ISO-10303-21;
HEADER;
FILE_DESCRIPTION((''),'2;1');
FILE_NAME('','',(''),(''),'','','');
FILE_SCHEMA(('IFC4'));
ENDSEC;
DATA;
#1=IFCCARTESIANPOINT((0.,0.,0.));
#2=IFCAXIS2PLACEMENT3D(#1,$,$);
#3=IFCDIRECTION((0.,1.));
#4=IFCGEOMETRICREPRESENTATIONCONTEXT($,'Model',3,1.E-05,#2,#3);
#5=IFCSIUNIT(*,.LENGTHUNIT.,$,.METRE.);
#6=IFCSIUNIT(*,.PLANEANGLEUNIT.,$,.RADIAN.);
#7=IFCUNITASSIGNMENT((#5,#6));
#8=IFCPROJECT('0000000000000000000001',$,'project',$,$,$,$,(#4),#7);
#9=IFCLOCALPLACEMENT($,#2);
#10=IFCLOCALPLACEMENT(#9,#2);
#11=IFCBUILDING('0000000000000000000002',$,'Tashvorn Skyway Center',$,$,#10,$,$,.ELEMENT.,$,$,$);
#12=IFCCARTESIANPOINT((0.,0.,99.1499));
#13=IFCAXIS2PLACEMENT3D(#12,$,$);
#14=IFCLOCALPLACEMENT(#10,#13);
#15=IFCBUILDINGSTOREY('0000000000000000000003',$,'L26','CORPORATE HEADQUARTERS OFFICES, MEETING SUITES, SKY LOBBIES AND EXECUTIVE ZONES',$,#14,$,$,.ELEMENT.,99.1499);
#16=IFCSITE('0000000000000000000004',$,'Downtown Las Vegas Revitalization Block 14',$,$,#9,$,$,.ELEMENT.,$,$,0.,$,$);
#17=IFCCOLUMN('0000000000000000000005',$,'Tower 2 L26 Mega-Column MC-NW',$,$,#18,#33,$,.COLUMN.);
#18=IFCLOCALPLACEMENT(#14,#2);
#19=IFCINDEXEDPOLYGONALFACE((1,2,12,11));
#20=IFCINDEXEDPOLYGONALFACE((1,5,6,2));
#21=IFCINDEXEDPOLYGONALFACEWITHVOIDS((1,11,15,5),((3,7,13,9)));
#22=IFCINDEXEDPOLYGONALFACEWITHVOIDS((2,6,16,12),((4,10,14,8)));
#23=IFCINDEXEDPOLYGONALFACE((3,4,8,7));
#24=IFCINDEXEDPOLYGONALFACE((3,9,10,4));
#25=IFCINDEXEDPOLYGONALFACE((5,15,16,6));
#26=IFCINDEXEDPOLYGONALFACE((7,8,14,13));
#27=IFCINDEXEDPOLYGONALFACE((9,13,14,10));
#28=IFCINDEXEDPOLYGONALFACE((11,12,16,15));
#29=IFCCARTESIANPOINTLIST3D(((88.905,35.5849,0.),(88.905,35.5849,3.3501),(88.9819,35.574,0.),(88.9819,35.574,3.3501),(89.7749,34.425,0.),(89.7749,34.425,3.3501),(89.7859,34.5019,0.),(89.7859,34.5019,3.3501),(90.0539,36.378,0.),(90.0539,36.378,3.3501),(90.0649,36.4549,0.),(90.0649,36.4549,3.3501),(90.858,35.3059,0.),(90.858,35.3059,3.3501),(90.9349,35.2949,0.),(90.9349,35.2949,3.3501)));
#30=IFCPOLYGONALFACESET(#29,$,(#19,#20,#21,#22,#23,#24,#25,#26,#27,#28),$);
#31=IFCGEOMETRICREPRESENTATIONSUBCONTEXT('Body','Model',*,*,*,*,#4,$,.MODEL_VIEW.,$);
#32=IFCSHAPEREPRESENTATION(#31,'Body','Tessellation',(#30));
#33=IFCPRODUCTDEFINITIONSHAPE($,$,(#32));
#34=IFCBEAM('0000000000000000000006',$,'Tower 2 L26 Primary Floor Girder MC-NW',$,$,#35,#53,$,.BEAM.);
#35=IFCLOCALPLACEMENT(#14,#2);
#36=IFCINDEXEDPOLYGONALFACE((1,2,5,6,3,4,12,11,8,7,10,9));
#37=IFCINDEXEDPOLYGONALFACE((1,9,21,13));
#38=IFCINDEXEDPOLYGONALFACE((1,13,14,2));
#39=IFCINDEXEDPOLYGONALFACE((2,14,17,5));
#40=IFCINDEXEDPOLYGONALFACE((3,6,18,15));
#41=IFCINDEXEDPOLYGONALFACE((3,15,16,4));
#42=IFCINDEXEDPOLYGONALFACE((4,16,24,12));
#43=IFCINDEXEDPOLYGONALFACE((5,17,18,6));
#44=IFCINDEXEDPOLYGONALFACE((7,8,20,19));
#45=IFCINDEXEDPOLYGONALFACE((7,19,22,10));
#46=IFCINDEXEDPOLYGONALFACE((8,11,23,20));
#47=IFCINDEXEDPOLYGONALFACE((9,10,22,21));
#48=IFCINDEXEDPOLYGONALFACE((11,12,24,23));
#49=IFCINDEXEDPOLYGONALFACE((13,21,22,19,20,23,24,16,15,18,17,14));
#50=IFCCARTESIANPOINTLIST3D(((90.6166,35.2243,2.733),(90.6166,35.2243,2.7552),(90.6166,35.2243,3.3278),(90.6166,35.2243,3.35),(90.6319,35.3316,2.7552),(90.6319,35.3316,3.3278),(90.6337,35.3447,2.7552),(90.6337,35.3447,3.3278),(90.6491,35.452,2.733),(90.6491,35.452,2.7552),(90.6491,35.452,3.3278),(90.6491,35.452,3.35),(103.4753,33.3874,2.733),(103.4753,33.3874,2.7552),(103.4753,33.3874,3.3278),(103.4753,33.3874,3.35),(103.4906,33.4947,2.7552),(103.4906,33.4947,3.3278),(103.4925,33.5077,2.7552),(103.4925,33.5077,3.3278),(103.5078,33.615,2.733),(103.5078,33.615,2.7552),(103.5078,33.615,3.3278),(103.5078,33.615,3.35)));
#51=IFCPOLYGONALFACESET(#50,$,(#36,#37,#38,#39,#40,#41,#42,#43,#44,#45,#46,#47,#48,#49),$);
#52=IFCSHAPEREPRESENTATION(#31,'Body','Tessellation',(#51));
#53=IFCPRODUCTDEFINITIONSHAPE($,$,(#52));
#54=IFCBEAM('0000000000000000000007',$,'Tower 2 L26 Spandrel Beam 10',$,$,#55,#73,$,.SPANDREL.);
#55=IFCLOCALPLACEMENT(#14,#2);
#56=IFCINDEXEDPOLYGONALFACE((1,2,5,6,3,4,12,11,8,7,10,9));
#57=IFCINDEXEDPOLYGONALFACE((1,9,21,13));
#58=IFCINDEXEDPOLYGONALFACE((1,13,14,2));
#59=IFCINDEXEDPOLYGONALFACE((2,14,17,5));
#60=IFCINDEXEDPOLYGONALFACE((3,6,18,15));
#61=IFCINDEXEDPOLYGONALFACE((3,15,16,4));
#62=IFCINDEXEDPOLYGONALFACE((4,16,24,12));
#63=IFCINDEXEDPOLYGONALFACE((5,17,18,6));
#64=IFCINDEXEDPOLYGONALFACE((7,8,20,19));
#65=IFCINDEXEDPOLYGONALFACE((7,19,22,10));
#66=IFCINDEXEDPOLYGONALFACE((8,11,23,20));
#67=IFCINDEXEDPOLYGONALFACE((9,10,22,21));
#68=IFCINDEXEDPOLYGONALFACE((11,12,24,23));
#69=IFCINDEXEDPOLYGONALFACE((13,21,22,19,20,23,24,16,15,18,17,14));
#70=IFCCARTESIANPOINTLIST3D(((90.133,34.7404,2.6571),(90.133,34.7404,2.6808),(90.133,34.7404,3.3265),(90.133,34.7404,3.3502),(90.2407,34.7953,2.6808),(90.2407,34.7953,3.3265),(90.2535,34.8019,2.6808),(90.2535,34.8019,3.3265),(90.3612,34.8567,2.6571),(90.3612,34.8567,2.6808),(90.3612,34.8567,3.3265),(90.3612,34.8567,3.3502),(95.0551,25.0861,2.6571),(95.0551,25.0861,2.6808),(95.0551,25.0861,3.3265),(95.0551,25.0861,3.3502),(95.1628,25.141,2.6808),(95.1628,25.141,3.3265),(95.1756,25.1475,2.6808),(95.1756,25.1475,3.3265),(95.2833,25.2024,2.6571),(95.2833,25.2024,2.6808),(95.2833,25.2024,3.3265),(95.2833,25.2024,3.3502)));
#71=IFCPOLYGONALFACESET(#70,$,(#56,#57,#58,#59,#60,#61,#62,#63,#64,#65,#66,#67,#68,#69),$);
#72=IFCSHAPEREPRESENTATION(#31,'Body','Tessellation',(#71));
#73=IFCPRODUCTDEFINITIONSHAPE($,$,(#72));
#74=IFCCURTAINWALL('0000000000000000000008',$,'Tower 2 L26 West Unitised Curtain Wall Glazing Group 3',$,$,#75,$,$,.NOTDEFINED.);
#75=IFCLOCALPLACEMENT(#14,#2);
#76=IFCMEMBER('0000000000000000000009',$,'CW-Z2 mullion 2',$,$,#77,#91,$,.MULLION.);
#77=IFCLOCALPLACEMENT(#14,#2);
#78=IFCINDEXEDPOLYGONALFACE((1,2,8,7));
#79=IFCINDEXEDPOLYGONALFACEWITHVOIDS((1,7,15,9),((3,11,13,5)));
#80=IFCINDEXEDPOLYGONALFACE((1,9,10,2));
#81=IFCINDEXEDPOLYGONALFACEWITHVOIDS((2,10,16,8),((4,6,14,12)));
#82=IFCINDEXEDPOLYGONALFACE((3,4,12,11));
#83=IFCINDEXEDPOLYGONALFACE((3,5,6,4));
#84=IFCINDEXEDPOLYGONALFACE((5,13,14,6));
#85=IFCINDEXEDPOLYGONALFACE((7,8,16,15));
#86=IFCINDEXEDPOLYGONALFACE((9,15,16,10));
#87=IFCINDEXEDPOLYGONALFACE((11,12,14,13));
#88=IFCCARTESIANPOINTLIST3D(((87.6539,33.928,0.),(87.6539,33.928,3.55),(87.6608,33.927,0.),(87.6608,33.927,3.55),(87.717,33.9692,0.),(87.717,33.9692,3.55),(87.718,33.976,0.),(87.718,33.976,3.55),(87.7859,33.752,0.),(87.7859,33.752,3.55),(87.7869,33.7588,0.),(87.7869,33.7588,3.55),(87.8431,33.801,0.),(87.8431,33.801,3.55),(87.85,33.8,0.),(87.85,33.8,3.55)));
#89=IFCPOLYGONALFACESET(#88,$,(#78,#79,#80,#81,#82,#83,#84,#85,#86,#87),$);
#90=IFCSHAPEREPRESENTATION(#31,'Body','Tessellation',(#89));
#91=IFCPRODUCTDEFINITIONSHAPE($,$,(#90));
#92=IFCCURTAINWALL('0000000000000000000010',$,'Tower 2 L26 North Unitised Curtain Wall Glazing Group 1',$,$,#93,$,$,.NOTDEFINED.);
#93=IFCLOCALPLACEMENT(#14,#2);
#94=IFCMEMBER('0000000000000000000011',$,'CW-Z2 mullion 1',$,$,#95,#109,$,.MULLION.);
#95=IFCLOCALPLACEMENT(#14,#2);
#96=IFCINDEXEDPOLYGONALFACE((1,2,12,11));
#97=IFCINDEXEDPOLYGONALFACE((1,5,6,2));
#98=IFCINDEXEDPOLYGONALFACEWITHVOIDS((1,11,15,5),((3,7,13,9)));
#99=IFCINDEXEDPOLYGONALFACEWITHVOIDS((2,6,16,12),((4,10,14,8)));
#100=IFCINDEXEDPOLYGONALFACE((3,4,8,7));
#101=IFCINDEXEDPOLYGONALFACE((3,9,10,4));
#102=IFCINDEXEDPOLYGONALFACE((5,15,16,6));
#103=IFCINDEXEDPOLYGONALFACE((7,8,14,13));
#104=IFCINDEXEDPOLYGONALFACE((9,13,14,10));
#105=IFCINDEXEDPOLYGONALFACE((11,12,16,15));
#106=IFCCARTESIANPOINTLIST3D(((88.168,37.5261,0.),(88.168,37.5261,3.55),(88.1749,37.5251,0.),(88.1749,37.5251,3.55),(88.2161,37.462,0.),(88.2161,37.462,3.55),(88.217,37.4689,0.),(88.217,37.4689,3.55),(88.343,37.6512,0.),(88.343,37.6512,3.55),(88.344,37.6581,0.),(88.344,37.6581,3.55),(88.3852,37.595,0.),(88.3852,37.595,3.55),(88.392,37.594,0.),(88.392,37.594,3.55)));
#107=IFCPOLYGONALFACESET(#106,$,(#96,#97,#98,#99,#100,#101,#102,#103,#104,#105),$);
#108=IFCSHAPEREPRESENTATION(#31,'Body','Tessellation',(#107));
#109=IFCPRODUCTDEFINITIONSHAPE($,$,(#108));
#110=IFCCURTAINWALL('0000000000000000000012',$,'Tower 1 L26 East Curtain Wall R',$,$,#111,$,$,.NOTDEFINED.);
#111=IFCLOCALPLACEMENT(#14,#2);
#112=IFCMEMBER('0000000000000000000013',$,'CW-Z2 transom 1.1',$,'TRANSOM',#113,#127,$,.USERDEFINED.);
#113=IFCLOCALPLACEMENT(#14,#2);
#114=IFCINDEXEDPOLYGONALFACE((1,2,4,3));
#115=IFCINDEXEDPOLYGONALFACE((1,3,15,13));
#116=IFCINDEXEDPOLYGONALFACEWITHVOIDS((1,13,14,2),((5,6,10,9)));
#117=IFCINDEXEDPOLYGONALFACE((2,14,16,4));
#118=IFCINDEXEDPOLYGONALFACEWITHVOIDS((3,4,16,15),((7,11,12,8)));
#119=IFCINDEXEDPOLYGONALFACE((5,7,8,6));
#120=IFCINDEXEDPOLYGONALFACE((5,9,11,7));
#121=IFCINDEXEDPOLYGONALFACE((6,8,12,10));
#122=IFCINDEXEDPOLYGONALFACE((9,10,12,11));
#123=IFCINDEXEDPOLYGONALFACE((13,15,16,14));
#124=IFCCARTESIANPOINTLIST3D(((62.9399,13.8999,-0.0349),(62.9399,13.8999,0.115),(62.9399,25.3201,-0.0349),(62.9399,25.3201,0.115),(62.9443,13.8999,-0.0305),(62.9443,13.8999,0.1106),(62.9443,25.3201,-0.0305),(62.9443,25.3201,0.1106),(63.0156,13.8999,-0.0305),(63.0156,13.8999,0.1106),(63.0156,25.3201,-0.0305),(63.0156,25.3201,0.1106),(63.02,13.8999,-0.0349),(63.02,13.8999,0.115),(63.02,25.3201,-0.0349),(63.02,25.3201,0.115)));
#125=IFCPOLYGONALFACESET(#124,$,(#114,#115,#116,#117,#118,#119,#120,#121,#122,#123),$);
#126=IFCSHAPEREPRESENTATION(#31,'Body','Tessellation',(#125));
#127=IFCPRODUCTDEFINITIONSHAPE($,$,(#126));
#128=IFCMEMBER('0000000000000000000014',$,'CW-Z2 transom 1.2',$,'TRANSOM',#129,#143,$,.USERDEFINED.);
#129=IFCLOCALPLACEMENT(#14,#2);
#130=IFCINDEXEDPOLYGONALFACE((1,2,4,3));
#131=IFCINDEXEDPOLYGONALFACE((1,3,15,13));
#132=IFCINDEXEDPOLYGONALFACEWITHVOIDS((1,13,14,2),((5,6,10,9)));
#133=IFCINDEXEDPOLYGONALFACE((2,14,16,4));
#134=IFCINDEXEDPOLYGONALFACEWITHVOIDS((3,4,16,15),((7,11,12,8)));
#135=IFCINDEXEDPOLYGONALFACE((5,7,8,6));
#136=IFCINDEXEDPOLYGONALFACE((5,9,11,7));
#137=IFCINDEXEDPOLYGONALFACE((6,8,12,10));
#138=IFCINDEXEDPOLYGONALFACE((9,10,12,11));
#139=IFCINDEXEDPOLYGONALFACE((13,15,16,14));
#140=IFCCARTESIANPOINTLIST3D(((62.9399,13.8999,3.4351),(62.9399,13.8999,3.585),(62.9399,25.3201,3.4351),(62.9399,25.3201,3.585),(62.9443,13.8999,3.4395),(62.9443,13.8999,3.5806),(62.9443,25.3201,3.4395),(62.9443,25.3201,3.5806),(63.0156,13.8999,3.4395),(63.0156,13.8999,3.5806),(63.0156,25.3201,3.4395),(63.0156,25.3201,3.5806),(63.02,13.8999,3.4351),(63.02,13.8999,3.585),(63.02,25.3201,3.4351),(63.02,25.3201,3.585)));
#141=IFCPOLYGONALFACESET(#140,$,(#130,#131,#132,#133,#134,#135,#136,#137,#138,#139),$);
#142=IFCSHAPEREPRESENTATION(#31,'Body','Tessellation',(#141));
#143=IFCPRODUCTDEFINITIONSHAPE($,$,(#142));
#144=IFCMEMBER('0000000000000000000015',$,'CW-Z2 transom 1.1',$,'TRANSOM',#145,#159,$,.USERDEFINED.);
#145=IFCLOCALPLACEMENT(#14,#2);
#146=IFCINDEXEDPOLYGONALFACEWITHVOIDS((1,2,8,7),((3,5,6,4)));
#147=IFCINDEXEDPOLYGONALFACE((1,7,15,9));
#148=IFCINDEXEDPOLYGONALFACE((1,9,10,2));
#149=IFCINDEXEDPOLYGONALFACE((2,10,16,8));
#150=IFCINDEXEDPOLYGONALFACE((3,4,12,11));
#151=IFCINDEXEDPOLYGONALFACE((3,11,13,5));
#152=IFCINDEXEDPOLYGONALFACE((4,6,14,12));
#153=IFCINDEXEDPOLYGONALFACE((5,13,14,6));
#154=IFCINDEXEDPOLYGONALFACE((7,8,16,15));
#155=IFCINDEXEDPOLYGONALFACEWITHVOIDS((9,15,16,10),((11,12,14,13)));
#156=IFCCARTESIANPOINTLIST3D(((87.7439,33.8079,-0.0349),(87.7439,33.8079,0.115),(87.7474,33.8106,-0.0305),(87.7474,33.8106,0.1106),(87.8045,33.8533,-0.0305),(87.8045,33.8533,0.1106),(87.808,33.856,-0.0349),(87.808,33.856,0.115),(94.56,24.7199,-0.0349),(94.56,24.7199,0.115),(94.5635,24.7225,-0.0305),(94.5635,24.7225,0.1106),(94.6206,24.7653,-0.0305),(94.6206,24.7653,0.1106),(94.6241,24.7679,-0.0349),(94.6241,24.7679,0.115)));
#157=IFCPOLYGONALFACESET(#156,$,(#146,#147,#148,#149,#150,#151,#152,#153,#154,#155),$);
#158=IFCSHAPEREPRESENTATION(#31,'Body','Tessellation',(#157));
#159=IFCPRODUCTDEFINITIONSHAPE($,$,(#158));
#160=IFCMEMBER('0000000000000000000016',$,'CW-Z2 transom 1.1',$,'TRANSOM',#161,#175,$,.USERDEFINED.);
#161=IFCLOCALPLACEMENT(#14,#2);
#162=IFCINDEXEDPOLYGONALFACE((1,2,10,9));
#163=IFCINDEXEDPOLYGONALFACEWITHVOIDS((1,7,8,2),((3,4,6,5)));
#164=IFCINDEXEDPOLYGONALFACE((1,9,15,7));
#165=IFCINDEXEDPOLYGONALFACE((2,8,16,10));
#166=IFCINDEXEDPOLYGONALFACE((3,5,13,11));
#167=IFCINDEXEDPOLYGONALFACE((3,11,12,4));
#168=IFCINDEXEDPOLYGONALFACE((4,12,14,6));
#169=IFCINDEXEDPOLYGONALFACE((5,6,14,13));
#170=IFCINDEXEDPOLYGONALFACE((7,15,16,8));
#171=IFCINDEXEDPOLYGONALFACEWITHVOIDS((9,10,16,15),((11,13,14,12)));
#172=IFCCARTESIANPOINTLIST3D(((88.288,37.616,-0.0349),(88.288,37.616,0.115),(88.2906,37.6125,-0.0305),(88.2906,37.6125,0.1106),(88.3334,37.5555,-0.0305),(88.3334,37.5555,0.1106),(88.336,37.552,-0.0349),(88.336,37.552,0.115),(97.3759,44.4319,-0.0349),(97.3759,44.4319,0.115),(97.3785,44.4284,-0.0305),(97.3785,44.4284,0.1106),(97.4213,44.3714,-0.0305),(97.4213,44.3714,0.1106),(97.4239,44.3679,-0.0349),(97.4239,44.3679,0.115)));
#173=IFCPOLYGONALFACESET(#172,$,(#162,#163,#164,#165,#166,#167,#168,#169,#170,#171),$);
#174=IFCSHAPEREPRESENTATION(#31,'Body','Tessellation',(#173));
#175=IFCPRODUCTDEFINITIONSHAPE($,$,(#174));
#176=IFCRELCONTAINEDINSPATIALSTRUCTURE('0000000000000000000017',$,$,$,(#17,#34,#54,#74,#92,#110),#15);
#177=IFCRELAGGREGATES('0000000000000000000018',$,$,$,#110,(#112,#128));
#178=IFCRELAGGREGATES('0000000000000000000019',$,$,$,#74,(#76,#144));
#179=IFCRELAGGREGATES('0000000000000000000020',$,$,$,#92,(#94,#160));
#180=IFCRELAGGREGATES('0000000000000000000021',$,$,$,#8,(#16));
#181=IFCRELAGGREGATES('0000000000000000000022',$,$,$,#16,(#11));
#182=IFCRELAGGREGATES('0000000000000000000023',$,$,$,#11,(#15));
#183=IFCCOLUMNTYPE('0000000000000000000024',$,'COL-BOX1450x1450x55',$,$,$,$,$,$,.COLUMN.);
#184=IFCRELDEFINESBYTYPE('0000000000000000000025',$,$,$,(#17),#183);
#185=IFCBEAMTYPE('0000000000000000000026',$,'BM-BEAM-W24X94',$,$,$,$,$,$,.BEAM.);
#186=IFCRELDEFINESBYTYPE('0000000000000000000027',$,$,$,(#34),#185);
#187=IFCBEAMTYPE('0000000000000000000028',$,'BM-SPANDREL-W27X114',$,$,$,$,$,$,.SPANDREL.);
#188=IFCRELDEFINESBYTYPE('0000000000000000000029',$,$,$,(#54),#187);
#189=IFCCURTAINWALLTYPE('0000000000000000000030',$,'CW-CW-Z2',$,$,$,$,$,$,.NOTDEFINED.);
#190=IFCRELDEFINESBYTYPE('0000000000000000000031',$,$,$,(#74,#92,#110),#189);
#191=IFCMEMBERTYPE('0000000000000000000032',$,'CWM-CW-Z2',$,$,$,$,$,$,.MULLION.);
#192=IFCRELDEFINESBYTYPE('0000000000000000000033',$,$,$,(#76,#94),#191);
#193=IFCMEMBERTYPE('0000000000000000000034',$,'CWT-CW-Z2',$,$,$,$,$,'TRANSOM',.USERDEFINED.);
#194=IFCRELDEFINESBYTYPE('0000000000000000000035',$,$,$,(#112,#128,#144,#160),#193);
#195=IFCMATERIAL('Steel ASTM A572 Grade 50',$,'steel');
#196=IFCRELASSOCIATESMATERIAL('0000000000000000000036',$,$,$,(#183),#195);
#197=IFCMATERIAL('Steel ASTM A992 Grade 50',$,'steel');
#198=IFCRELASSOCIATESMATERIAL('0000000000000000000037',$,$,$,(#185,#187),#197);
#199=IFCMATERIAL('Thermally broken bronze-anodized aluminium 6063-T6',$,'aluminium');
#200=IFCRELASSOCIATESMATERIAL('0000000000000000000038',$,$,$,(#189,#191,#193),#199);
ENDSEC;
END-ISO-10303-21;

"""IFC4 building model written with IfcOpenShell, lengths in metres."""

from ifc_helpers import new_model, si_unit, direction, frame, origin, origin_2d, place, context, subcontext, project, spatial, hollow_rectangle, i_section, extrude, material, material_profile, profile_set, type_object, element, aggregate, save


model = new_model("IFC4")

# Units and contexts
model_context = context("Model", 3, precision=1e-05, world=origin(), true_north=direction((0.0, 1.0)))
body_context = subcontext(model_context, "Body", "Model", "MODEL_VIEW")
ifc_project = project(units=[si_unit("LENGTHUNIT", "METRE"), si_unit("PLANEANGLEUNIT", "RADIAN")], contexts=[model_context])

# Site, building, storey
site_placement = place(None, origin())
site = spatial("IfcSite", under=ifc_project, at=site_placement, Name="Downtown Las Vegas Revitalization Block 14", CompositionType="ELEMENT", RefElevation=0.0)
building_placement = place(site_placement, origin())
building = spatial("IfcBuilding", under=site, at=building_placement, Name="Tashvorn Skyway Center", CompositionType="ELEMENT")
storey_placement = place(building_placement, frame((0.0, 0.0, 99.1499)))
storey = spatial("IfcBuildingStorey", under=building, at=storey_placement, Name="L26", Description="CORPORATE HEADQUARTERS OFFICES, MEETING SUITES, SKY LOBBIES AND EXECUTIVE ZONES", CompositionType="ELEMENT", Elevation=99.1499)

# Column
ifc_material_1 = material(Name="Steel ASTM A572 Grade 50", Category="steel")
ifc_material_profile_1 = material_profile(ifc_material_1, hollow_rectangle(XDim=1.45, YDim=1.45, WallThickness=0.0549, at=origin_2d()), Name="BOX1450x1450x55")
ifc_profile_set_1 = profile_set([ifc_material_profile_1], Name="Steel ASTM A572 Grade 50")
column_type = type_object("IfcColumnType", Name="COL-BOX1450x1450x55", PredefinedType="COLUMN", material=ifc_profile_set_1)
column_placement = place(storey_placement, frame((89.9199, 35.4399, 0.0), z_axis=(0.0, 0.0, 1.0), x_axis=(0.8, 0.6, 0.0)))
element("IfcColumn", 1, at=column_placement, inside=storey, type_object=column_type, Name="Tower 2 L26 Mega-Column MC-NW", PredefinedType="COLUMN", context=body_context, shape_type="SweptSolid", body=[
    extrude(hollow_rectangle(XDim=1.45, YDim=1.45, WallThickness=0.0549, at=origin_2d()), origin(), (0.0, 0.0, 1.0), 3.3501),
])

# Beams
ifc_material_2 = material(Name="Steel ASTM A992 Grade 50", Category="steel")
ifc_material_profile_2 = material_profile(ifc_material_2, i_section(OverallWidth=0.23, OverallDepth=0.6169, WebThickness=0.0132, FlangeThickness=0.0222, at=origin_2d()), Name="W24X94")
ifc_profile_set_2 = profile_set([ifc_material_profile_2], Name="Steel ASTM A992 Grade 50")
beam_type_1 = type_object("IfcBeamType", Name="BM-BEAM-W24X94", PredefinedType="BEAM", material=ifc_profile_set_2)
beam_1_placement = place(storey_placement, frame((90.6328, 35.3381, 3.0415), z_axis=(0.98995, -0.141419, 0.0), x_axis=(0.141419, 0.98995, 0.0)))
element("IfcBeam", 2, at=beam_1_placement, inside=storey, type_object=beam_type_1, Name="Tower 2 L26 Primary Floor Girder MC-NW", PredefinedType="BEAM", context=body_context, shape_type="SweptSolid", body=[
    extrude(i_section(OverallWidth=0.23, OverallDepth=0.6169, WebThickness=0.0132, FlangeThickness=0.0222, at=origin_2d()), origin(), (0.0, 0.0, 1.0), 12.9893),
])
ifc_material_profile_3 = material_profile(ifc_material_2, i_section(OverallWidth=0.2561, OverallDepth=0.6931, WebThickness=0.0144, FlangeThickness=0.0237, at=origin_2d()), Name="W27X114")
ifc_profile_set_3 = profile_set([ifc_material_profile_3], Name="Steel ASTM A992 Grade 50")
beam_type_2 = type_object("IfcBeamType", Name="BM-SPANDREL-W27X114", PredefinedType="SPANDREL", material=ifc_profile_set_3)
beam_2_placement = place(storey_placement, frame((90.2471, 34.7986, 3.0037), z_axis=(0.454211, -0.890894, 0.0), x_axis=(0.890894, 0.454211, 0.0)))
element("IfcBeam", 3, at=beam_2_placement, inside=storey, type_object=beam_type_2, Name="Tower 2 L26 Spandrel Beam 10", PredefinedType="SPANDREL", context=body_context, shape_type="SweptSolid", body=[
    extrude(i_section(OverallWidth=0.2561, OverallDepth=0.6931, WebThickness=0.0144, FlangeThickness=0.0237, at=origin_2d()), origin(), (0.0, 0.0, 1.0), 10.8367),
])

# Curtain walls, members
ifc_material_3 = material(Name="Thermally broken bronze-anodized aluminium 6063-T6", Category="aluminium")
curtain_wall_type = type_object("IfcCurtainWallType", Name="CW-CW-Z2", PredefinedType="NOTDEFINED", material=ifc_material_3)
curtain_wall_1_placement = place(storey_placement, origin())
curtain_wall_1 = element("IfcCurtainWall", 4, at=curtain_wall_1_placement, inside=storey, type_object=curtain_wall_type, Name="Tower 2 L26 West Unitised Curtain Wall Glazing Group 3", PredefinedType="NOTDEFINED")
ifc_material_profile_4 = material_profile(ifc_material_3, hollow_rectangle(XDim=0.0801, YDim=0.22, WallThickness=0.0049, at=origin_2d()), Name="ALU-MULL-80x220")
ifc_profile_set_4 = profile_set([ifc_material_profile_4], Name="Thermally broken bronze-anodized aluminium 6063-T6")
member_type_1 = type_object("IfcMemberType", Name="CWM-CW-Z2", PredefinedType="MULLION", material=ifc_profile_set_4)
member_1_placement = place(storey_placement, frame((87.752, 33.864, 0.0), z_axis=(0.0, 0.0, 1.0), x_axis=(-0.8, -0.6, 0.0)))
member_1 = element("IfcMember", 5, at=member_1_placement, type_object=member_type_1, Name="CW-Z2 mullion 2", PredefinedType="MULLION", context=body_context, shape_type="SweptSolid", body=[
    extrude(hollow_rectangle(XDim=0.0801, YDim=0.22, WallThickness=0.0049, at=origin_2d()), origin(), (0.0, 0.0, 1.0), 3.55),
])
curtain_wall_2_placement = place(storey_placement, origin())
curtain_wall_2 = element("IfcCurtainWall", 6, at=curtain_wall_2_placement, inside=storey, type_object=curtain_wall_type, Name="Tower 2 L26 North Unitised Curtain Wall Glazing Group 1", PredefinedType="NOTDEFINED")
member_2_placement = place(storey_placement, frame((88.28, 37.5601, 0.0), z_axis=(0.0, 0.0, 1.0), x_axis=(-0.6, 0.8, 0.0)))
member_2 = element("IfcMember", 7, at=member_2_placement, type_object=member_type_1, Name="CW-Z2 mullion 1", PredefinedType="MULLION", context=body_context, shape_type="SweptSolid", body=[
    extrude(hollow_rectangle(XDim=0.0801, YDim=0.22, WallThickness=0.0049, at=origin_2d()), origin(), (0.0, 0.0, 1.0), 3.55),
])

# Curtain wall, members
curtain_wall_3_placement = place(storey_placement, origin())
curtain_wall_3 = element("IfcCurtainWall", 8, at=curtain_wall_3_placement, inside=storey, type_object=curtain_wall_type, Name="Tower 1 L26 East Curtain Wall R", PredefinedType="NOTDEFINED")
ifc_material_profile_5 = material_profile(ifc_material_3, hollow_rectangle(XDim=0.0801, YDim=0.1499, WallThickness=0.0044, at=origin_2d()), Name="ALU-TRAN-80x150")
ifc_profile_set_5 = profile_set([ifc_material_profile_5], Name="Thermally broken bronze-anodized aluminium 6063-T6")
member_type_2 = type_object("IfcMemberType", Name="CWT-CW-Z2", ElementType="TRANSOM", PredefinedType="USERDEFINED", material=ifc_profile_set_5)
member_3_placement = place(storey_placement, frame((62.98, 25.3201, 0.04), z_axis=(0.0, -1.0, 0.0), x_axis=(1.0, 0.0, 0.0)))
member_3 = element("IfcMember", 9, at=member_3_placement, type_object=member_type_2, Name="CW-Z2 transom 1.1", ObjectType="TRANSOM", PredefinedType="USERDEFINED", context=body_context, shape_type="SweptSolid", body=[
    extrude(hollow_rectangle(XDim=0.0801, YDim=0.1499, WallThickness=0.0044, at=origin_2d()), origin(), (0.0, 0.0, 1.0), 11.4202),
])
member_4_placement = place(storey_placement, frame((62.98, 25.3201, 3.51), z_axis=(0.0, -1.0, 0.0), x_axis=(1.0, 0.0, 0.0)))
member_4 = element("IfcMember", 10, at=member_4_placement, type_object=member_type_2, Name="CW-Z2 transom 1.2", ObjectType="TRANSOM", PredefinedType="USERDEFINED", context=body_context, shape_type="SweptSolid", body=[
    extrude(hollow_rectangle(XDim=0.0801, YDim=0.1499, WallThickness=0.0044, at=origin_2d()), origin(), (0.0, 0.0, 1.0), 11.4202),
])

# Members
member_5_placement = place(storey_placement, frame((94.592, 24.7439, 0.04), z_axis=(-0.600003, 0.799997, 0.0), x_axis=(-0.799997, -0.600003, 0.0)))
member_5 = element("IfcMember", 11, at=member_5_placement, type_object=member_type_2, Name="CW-Z2 transom 1.1", ObjectType="TRANSOM", PredefinedType="USERDEFINED", context=body_context, shape_type="SweptSolid", body=[
    extrude(hollow_rectangle(XDim=0.0801, YDim=0.1499, WallThickness=0.0044, at=origin_2d()), origin(), (0.0, 0.0, 1.0), 11.3601),
])
member_6_placement = place(storey_placement, frame((88.312, 37.584, 0.04), z_axis=(0.8, 0.6, 0.0), x_axis=(-0.6, 0.8, 0.0)))
member_6 = element("IfcMember", 12, at=member_6_placement, type_object=member_type_2, Name="CW-Z2 transom 1.1", ObjectType="TRANSOM", PredefinedType="USERDEFINED", context=body_context, shape_type="SweptSolid", body=[
    extrude(hollow_rectangle(XDim=0.0801, YDim=0.1499, WallThickness=0.0044, at=origin_2d()), origin(), (0.0, 0.0, 1.0), 11.3599),
])

aggregate(curtain_wall_3, [member_3, member_4])
aggregate(curtain_wall_1, [member_1, member_5])
aggregate(curtain_wall_2, [member_2, member_6])

save(model, "model.ifc")
